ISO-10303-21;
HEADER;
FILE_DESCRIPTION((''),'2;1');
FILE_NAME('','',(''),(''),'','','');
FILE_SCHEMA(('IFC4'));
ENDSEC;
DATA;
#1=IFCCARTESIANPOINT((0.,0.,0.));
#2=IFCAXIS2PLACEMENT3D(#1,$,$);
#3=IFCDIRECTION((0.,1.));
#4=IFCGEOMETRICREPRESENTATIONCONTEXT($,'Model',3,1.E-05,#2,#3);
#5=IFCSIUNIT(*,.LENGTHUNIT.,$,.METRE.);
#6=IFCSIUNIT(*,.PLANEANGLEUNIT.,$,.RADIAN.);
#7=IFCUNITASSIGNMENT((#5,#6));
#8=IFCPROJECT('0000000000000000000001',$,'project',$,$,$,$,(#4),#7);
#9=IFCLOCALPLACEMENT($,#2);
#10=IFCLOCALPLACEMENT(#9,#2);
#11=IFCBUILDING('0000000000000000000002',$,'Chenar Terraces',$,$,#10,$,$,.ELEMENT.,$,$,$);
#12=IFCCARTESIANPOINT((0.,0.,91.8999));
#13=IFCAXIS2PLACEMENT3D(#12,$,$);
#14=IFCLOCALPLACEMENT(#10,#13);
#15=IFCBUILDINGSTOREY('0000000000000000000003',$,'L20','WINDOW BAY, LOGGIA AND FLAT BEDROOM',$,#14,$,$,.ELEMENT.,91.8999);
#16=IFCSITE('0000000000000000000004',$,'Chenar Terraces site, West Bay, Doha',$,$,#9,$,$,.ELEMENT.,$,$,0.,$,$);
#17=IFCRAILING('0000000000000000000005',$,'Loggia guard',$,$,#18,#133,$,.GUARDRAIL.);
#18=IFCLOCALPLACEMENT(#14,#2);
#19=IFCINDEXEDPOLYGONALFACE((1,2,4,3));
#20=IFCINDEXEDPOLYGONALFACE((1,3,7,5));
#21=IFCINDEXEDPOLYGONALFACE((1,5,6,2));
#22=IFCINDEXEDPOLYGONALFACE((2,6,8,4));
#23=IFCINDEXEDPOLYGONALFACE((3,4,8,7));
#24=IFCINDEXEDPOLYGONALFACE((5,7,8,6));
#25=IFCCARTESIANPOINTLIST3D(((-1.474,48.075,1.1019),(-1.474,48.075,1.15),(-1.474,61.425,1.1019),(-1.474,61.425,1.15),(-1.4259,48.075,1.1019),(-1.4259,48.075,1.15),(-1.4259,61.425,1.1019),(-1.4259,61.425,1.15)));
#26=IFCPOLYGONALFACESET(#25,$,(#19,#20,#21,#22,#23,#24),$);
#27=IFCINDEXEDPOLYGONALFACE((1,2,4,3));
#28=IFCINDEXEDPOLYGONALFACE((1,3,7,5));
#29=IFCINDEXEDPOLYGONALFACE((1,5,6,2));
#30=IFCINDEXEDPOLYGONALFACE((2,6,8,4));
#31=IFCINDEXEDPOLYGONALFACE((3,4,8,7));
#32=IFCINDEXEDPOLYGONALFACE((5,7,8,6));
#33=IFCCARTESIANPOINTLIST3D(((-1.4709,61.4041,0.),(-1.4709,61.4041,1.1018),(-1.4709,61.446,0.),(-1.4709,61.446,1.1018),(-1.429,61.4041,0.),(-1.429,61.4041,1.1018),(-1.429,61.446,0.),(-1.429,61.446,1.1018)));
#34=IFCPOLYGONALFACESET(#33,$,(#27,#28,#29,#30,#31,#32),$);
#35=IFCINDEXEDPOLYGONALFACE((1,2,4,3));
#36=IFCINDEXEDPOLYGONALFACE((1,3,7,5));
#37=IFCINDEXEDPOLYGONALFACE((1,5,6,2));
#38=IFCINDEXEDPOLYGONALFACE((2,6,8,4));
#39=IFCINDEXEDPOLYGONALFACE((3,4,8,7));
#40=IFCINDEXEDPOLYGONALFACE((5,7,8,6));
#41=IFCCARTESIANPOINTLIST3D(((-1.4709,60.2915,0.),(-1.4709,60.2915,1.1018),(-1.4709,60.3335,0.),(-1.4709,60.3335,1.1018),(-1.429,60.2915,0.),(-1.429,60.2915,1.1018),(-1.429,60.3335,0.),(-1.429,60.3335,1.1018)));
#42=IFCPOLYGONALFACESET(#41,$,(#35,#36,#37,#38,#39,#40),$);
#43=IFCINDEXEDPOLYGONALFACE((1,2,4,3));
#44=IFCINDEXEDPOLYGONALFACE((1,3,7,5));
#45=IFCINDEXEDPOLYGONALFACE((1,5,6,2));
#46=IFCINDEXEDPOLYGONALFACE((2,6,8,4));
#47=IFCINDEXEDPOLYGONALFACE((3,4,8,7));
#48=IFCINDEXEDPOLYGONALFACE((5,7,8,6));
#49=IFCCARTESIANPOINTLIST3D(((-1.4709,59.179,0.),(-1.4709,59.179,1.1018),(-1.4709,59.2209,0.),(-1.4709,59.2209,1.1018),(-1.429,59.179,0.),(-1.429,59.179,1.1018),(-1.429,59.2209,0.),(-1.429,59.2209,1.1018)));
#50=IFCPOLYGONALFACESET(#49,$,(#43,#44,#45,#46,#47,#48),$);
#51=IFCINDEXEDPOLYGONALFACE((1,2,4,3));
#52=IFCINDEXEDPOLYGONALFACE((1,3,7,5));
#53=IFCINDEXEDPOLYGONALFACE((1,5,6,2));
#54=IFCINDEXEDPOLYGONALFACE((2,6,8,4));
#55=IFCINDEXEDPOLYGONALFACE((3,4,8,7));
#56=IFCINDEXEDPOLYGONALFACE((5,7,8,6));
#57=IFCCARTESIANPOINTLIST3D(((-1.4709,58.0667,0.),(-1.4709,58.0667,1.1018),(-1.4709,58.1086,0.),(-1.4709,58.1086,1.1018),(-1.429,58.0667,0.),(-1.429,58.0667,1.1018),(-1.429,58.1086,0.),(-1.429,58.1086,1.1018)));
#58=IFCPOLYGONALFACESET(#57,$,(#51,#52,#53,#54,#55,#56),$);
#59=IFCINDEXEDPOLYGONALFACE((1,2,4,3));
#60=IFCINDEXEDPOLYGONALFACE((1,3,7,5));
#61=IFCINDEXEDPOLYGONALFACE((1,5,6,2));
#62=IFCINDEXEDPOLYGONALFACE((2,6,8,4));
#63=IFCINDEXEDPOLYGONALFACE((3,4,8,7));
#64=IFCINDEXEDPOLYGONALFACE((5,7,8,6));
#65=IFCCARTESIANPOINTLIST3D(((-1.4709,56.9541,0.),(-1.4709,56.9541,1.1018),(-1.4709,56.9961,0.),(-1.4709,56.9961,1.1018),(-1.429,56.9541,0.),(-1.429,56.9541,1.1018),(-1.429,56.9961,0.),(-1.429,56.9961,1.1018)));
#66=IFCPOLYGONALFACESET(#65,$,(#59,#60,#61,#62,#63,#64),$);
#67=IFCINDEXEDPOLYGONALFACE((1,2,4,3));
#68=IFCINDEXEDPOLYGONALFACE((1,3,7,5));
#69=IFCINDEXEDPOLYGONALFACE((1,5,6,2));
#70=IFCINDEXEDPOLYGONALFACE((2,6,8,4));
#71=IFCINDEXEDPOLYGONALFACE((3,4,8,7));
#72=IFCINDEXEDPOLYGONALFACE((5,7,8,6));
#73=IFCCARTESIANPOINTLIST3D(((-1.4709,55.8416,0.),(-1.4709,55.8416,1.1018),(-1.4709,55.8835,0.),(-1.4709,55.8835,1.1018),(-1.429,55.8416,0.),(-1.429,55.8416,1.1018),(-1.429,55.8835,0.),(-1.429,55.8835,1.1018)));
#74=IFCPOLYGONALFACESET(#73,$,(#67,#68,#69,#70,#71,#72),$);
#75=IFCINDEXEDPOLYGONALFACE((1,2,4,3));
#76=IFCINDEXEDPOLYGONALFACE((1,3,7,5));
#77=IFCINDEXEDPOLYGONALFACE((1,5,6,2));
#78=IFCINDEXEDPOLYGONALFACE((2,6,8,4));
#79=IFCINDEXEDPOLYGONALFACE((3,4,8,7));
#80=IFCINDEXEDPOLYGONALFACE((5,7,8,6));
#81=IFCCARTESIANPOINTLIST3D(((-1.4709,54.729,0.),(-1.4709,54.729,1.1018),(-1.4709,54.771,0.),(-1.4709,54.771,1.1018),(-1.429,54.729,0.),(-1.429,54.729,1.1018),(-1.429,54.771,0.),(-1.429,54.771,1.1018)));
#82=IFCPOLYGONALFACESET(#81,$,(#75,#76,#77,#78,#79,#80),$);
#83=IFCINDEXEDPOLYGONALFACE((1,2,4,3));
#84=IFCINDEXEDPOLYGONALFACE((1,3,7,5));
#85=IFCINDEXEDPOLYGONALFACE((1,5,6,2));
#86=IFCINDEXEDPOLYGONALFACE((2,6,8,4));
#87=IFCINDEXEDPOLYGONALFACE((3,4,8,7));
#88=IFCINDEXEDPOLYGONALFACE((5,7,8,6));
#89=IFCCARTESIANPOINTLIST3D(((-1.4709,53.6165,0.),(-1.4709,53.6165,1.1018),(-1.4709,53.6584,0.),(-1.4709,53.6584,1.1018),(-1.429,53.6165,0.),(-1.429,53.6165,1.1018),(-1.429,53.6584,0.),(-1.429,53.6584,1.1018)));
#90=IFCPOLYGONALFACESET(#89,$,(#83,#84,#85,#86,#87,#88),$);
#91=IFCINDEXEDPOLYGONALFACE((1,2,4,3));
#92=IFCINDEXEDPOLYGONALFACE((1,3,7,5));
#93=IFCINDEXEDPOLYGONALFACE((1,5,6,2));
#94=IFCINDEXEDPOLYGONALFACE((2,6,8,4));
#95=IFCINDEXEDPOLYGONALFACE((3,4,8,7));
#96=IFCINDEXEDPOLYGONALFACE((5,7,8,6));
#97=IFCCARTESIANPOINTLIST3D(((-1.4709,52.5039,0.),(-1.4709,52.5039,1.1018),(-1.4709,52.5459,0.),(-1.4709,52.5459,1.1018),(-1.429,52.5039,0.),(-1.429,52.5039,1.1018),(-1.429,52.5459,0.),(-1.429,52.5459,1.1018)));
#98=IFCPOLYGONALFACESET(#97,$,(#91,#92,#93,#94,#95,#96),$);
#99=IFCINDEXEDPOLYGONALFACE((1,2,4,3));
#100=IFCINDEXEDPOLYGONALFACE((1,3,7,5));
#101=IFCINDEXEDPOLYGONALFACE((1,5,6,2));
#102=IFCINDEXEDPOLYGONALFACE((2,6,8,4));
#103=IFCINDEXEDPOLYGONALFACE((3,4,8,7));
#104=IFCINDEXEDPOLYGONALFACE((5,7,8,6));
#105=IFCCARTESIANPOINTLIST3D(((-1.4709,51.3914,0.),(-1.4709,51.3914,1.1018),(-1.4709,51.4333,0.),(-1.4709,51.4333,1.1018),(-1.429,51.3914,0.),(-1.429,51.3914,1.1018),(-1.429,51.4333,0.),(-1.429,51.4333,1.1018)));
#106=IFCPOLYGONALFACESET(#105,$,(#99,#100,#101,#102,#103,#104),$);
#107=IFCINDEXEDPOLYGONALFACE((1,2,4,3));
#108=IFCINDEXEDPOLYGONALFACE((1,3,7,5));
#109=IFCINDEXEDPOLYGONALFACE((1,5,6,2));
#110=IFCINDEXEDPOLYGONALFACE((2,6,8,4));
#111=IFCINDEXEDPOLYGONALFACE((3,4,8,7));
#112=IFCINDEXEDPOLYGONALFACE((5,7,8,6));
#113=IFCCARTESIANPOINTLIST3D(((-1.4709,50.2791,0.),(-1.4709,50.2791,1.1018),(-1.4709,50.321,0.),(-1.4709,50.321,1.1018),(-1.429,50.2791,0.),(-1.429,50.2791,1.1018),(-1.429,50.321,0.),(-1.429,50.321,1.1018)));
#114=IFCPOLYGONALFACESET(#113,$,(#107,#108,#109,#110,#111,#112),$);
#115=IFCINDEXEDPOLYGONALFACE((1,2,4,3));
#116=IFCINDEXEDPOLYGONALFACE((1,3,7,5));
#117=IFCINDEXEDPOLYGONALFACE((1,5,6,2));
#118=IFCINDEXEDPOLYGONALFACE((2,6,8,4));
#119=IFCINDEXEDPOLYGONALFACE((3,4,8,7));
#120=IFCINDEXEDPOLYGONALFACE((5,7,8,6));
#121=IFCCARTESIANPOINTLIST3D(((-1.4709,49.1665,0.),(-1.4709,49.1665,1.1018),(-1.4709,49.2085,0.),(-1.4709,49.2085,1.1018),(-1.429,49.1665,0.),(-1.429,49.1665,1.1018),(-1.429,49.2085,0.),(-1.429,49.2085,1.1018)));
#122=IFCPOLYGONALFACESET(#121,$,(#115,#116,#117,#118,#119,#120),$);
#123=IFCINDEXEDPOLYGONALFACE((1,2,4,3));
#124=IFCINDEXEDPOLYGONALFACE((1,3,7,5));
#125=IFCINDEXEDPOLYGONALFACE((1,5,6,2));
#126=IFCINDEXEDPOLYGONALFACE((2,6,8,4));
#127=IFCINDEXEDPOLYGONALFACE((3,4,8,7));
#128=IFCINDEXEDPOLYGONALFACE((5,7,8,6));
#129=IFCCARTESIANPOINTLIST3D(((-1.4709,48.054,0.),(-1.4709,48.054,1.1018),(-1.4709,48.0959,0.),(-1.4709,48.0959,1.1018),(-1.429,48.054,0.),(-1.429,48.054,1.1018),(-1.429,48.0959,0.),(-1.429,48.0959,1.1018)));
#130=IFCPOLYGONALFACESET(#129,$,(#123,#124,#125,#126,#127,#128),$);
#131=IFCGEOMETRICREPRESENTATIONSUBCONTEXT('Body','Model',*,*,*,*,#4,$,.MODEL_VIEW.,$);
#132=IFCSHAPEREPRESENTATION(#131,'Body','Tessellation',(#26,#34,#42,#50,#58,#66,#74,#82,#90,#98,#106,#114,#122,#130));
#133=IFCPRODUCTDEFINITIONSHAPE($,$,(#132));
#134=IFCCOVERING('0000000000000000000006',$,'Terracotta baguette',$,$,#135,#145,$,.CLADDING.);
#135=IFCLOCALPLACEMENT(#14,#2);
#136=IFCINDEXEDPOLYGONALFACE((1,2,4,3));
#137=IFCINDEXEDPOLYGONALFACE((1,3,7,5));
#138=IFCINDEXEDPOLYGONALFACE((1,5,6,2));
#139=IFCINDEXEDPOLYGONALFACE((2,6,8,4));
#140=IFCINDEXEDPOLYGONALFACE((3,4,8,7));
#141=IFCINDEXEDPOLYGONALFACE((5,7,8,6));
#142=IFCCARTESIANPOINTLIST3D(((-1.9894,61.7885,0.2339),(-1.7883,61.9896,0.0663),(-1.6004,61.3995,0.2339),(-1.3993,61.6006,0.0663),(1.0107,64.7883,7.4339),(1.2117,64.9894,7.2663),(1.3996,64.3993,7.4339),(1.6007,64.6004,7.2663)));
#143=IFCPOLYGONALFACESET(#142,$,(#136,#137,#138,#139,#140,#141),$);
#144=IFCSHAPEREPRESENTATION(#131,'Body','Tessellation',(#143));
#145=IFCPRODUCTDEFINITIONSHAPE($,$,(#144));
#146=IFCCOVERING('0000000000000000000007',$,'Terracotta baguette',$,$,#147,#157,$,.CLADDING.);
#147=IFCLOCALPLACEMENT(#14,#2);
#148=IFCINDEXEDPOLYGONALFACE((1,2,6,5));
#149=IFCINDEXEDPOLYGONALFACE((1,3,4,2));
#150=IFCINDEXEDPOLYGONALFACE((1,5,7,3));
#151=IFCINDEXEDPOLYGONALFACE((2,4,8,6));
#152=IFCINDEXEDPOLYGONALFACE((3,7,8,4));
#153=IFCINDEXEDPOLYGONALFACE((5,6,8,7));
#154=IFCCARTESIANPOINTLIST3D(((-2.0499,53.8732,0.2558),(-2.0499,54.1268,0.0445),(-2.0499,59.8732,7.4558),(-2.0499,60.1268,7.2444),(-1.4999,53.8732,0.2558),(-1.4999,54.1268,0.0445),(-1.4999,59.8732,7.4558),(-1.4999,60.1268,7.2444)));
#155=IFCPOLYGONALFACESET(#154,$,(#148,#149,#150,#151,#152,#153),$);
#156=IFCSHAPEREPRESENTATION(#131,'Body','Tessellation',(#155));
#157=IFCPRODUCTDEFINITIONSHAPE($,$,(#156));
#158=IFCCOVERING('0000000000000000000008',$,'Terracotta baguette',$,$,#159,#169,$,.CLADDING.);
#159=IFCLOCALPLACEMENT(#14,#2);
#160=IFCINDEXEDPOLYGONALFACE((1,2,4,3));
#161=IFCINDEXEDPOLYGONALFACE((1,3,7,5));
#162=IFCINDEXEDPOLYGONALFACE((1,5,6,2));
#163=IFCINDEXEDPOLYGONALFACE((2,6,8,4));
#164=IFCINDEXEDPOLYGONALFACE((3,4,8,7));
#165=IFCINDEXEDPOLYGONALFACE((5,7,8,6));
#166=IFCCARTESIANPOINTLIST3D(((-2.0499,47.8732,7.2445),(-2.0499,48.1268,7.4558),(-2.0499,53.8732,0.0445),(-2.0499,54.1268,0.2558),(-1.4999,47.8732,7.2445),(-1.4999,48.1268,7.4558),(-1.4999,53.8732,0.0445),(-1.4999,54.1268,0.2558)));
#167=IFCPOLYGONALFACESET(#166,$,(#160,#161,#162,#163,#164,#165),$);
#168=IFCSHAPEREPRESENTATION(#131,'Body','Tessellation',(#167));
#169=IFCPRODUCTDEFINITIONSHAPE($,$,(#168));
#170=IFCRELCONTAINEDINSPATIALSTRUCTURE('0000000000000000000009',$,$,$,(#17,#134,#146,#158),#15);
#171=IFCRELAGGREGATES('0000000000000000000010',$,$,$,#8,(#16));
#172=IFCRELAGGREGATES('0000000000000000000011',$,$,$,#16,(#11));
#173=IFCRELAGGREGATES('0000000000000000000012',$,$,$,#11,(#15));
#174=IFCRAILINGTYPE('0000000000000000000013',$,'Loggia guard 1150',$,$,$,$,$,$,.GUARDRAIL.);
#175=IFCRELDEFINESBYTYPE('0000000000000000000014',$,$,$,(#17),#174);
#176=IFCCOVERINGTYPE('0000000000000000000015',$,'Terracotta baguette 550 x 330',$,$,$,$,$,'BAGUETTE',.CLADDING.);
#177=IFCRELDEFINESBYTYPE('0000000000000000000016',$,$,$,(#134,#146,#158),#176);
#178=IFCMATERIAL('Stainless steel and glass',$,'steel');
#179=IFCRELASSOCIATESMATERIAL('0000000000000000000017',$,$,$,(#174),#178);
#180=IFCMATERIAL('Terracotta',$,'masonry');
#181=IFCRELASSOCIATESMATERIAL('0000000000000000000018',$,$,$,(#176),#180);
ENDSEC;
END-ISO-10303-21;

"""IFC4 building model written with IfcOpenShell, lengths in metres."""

from ifc_helpers import new_model, si_unit, direction, frame, origin, origin_2d, place, context, subcontext, project, spatial, rectangle, extrude, material, material_profile, profile_set, type_object, element, save


model = new_model("IFC4")

# Units and contexts
model_context = context("Model", 3, precision=1e-05, world=origin(), true_north=direction((0.0, 1.0)))
body_context = subcontext(model_context, "Body", "Model", "MODEL_VIEW")
ifc_project = project(units=[si_unit("LENGTHUNIT", "METRE"), si_unit("PLANEANGLEUNIT", "RADIAN")], contexts=[model_context])

# Site, building, storey
site_placement = place(None, origin())
site = spatial("IfcSite", under=ifc_project, at=site_placement, Name="Chenar Terraces site, West Bay, Doha", CompositionType="ELEMENT", RefElevation=0.0)
building_placement = place(site_placement, origin())
building = spatial("IfcBuilding", under=site, at=building_placement, Name="Chenar Terraces", CompositionType="ELEMENT")
storey_placement = place(building_placement, frame((0.0, 0.0, 91.8999)))
storey = spatial("IfcBuildingStorey", under=building, at=storey_placement, Name="L20", Description="WINDOW BAY, LOGGIA AND FLAT BEDROOM", CompositionType="ELEMENT", Elevation=91.8999)

# Railing
ifc_material_1 = material(Name="Stainless steel and glass", Category="steel")
railing_type = type_object("IfcRailingType", Name="Loggia guard 1150", PredefinedType="GUARDRAIL", material=ifc_material_1)
railing_placement = place(storey_placement, frame((-1.45, 61.425, 0.0)))
element("IfcRailing", 1, at=railing_placement, inside=storey, type_object=railing_type, Name="Loggia guard", PredefinedType="GUARDRAIL", context=body_context, shape_type="SweptSolid", body=[
    extrude(rectangle(XDim=0.0481, YDim=0.0481, at=origin_2d()), frame((0.0, 0.0, 1.126), z_axis=(0.0, -1.0, 0.0), x_axis=(1.0, 0.0, 0.0)), (0.0, 0.0, 1.0), 13.3501),
    extrude(rectangle(XDim=0.042, YDim=0.042, at=origin_2d()), origin(), (0.0, 0.0, 1.0), 1.1018),
    extrude(rectangle(XDim=0.042, YDim=0.042, at=origin_2d()), frame((0.0, -1.1125, 0.0)), (0.0, 0.0, 1.0), 1.1018),
    extrude(rectangle(XDim=0.042, YDim=0.042, at=origin_2d()), frame((0.0, -2.2251, 0.0)), (0.0, 0.0, 1.0), 1.1018),
    extrude(rectangle(XDim=0.042, YDim=0.042, at=origin_2d()), frame((0.0, -3.3374, 0.0)), (0.0, 0.0, 1.0), 1.1018),
    extrude(rectangle(XDim=0.042, YDim=0.042, at=origin_2d()), frame((0.0, -4.45, 0.0)), (0.0, 0.0, 1.0), 1.1018),
    extrude(rectangle(XDim=0.042, YDim=0.042, at=origin_2d()), frame((0.0, -5.5625, 0.0)), (0.0, 0.0, 1.0), 1.1018),
    extrude(rectangle(XDim=0.042, YDim=0.042, at=origin_2d()), frame((0.0, -6.675, 0.0)), (0.0, 0.0, 1.0), 1.1018),
    extrude(rectangle(XDim=0.042, YDim=0.042, at=origin_2d()), frame((0.0, -7.7876, 0.0)), (0.0, 0.0, 1.0), 1.1018),
    extrude(rectangle(XDim=0.042, YDim=0.042, at=origin_2d()), frame((0.0, -8.9001, 0.0)), (0.0, 0.0, 1.0), 1.1018),
    extrude(rectangle(XDim=0.042, YDim=0.042, at=origin_2d()), frame((0.0, -10.0127, 0.0)), (0.0, 0.0, 1.0), 1.1018),
    extrude(rectangle(XDim=0.042, YDim=0.042, at=origin_2d()), frame((0.0, -11.125, 0.0)), (0.0, 0.0, 1.0), 1.1018),
    extrude(rectangle(XDim=0.042, YDim=0.042, at=origin_2d()), frame((0.0, -12.2375, 0.0)), (0.0, 0.0, 1.0), 1.1018),
    extrude(rectangle(XDim=0.042, YDim=0.042, at=origin_2d()), frame((0.0, -13.3501, 0.0)), (0.0, 0.0, 1.0), 1.1018),
])

# Coverings
ifc_material_2 = material(Name="Terracotta", Category="masonry")
ifc_material_profile_1 = material_profile(ifc_material_2, rectangle(XDim=0.55, YDim=0.3301, at=origin_2d()), Name="Terracotta baguette 550 x 330")
ifc_profile_set_1 = profile_set([ifc_material_profile_1], Name="Terracotta")
covering_type = type_object("IfcCoveringType", Name="Terracotta baguette 550 x 330", ElementType="BAGUETTE", PredefinedType="CLADDING", material=ifc_profile_set_1)
covering_placement = place(storey_placement, frame((1.3057, 64.6943, 7.3501), z_axis=(-0.358985, -0.358955, -0.861557), x_axis=(0.707078, -0.707136, 0.0)))
element("IfcCovering", 2, at=covering_placement, inside=storey, type_object=covering_type, Name="Terracotta baguette", PredefinedType="CLADDING", context=body_context, shape_type="SweptSolid", body=[
    extrude(rectangle(XDim=0.55, YDim=0.3301, at=origin_2d()), origin(), (0.0, 0.0, 1.0), 8.3569),
])
for number, where, z_axis, x_axis, name in (
    (3, (-1.7749, 60.0, 7.3501), (0.0, -0.640187, -0.768219), (1.0, 0.0, 0.0), "Terracotta baguette"),
    (4, (-1.7749, 54.0, 0.1501), (0.0, -0.640187, 0.768219), (1.0, 0.0, 0.0), "Terracotta baguette"),
):
    element("IfcCovering", number, at=place(storey_placement, frame(where, z_axis=z_axis, x_axis=x_axis)), inside=storey, type_object=covering_type, Name=name, PredefinedType="CLADDING", context=body_context, shape_type="SweptSolid", body=[
        extrude(rectangle(XDim=0.55, YDim=0.3301, at=origin_2d()), origin(), (0.0, 0.0, 1.0), 9.3723),
    ])

save(model, "model.ifc")
